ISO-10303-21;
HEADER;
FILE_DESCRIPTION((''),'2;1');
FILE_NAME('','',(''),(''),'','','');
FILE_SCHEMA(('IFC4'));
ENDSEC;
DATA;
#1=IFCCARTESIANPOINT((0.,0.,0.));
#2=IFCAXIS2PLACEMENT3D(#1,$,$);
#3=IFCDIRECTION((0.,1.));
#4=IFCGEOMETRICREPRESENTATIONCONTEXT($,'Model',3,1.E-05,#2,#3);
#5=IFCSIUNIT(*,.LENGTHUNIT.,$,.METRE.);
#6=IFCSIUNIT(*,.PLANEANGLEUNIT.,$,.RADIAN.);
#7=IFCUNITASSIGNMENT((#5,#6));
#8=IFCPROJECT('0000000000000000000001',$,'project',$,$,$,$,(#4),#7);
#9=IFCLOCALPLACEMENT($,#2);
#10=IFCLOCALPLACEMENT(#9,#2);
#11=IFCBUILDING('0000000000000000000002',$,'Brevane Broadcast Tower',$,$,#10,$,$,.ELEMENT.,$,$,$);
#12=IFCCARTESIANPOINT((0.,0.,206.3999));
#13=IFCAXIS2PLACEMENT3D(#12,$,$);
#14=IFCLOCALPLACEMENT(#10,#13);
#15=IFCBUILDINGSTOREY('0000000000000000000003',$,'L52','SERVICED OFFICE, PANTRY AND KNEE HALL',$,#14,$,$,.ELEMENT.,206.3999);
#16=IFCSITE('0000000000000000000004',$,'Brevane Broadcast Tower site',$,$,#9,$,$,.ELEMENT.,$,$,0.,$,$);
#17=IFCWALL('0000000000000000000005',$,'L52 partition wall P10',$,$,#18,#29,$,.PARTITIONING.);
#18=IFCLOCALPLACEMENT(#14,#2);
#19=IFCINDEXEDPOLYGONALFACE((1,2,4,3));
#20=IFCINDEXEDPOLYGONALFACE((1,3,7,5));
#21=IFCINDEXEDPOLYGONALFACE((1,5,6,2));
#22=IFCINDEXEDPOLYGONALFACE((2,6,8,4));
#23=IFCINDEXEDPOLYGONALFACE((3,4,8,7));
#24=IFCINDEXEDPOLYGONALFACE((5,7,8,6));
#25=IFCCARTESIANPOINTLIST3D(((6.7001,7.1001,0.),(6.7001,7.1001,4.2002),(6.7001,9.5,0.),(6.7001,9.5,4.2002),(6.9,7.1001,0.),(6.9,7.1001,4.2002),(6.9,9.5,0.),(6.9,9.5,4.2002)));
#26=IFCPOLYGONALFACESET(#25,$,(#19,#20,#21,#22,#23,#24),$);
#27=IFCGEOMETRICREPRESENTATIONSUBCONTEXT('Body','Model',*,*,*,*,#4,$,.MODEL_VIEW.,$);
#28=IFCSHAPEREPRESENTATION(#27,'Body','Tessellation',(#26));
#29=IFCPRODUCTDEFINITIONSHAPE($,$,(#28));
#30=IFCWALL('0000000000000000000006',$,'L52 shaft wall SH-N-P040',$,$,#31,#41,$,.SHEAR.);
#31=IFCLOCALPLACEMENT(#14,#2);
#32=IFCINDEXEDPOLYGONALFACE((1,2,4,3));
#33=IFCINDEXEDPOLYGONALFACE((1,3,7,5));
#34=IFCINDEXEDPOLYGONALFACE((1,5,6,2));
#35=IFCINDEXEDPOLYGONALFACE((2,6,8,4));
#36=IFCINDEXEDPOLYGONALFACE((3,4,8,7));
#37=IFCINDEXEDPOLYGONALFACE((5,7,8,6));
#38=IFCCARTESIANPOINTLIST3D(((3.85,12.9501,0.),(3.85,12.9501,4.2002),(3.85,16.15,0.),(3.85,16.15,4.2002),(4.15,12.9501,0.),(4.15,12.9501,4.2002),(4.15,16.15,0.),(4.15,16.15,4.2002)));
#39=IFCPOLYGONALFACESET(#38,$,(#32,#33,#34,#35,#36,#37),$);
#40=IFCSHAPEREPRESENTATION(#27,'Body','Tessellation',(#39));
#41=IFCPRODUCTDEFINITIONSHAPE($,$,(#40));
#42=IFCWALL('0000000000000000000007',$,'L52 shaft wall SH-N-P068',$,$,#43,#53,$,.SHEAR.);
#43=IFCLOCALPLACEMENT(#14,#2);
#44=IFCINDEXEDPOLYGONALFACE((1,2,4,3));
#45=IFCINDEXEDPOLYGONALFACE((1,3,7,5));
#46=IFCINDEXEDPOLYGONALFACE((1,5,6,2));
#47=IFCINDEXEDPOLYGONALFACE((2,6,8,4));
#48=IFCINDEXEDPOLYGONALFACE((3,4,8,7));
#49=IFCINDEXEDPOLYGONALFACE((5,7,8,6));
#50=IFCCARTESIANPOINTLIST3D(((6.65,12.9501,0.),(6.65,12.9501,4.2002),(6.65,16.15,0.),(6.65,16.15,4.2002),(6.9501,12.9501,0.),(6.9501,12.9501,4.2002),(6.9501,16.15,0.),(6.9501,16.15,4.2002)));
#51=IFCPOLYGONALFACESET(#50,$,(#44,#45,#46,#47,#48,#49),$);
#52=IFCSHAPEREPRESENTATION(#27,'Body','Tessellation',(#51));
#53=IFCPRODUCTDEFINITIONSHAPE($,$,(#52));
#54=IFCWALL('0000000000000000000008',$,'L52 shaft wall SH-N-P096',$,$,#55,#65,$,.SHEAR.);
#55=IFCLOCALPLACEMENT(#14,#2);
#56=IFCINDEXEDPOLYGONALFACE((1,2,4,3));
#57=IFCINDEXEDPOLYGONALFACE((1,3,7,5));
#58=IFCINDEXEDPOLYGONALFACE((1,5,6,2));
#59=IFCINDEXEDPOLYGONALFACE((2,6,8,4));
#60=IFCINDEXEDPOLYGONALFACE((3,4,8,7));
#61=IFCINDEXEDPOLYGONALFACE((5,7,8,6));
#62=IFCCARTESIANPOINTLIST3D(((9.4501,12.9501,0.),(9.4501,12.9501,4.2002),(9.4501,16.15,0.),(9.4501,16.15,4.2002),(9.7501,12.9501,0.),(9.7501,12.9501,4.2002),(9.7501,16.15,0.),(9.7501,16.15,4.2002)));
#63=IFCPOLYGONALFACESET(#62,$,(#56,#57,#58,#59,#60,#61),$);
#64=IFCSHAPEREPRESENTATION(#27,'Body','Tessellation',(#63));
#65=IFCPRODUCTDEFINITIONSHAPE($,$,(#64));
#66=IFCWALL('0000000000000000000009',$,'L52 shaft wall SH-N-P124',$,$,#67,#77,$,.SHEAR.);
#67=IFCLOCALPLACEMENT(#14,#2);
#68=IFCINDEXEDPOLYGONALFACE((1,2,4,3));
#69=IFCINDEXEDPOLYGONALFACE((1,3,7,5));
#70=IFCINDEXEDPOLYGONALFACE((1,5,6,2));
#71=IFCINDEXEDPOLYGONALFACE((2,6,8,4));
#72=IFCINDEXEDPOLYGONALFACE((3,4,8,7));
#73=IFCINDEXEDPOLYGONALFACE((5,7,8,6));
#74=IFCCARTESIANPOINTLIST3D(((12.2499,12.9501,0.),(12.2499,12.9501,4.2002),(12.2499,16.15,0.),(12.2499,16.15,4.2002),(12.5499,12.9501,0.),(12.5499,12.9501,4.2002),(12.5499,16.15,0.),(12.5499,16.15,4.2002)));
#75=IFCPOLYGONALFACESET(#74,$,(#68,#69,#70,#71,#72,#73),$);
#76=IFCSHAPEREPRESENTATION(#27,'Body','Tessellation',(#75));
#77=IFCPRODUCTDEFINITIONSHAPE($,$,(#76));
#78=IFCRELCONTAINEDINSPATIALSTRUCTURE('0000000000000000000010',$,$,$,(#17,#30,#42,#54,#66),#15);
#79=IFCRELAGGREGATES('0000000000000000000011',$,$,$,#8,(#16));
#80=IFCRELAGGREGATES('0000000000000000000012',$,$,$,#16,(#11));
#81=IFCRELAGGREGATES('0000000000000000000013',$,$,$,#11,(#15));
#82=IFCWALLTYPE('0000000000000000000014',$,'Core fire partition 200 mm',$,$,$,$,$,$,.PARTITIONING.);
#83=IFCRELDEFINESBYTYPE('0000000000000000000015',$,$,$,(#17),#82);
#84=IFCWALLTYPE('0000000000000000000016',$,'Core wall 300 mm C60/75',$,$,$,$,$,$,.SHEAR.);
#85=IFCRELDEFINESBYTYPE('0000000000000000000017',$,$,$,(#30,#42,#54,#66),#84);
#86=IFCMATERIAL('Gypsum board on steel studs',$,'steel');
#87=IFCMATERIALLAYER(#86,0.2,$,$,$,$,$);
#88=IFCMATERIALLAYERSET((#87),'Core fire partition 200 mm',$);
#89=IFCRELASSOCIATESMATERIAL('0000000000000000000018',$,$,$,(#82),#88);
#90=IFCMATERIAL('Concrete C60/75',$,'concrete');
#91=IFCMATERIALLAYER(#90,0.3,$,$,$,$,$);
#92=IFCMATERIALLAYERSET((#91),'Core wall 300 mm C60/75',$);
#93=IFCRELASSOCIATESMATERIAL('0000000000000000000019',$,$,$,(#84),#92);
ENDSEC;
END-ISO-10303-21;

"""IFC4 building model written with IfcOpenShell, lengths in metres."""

from ifc_helpers import new_model, si_unit, direction, frame, frame_2d, origin, place, context, subcontext, project, spatial, rectangle, extrude, material, layer, layer_set, type_object, element, save


model = new_model("IFC4")

# Units and contexts
model_context = context("Model", 3, precision=1e-05, world=origin(), true_north=direction((0.0, 1.0)))
body_context = subcontext(model_context, "Body", "Model", "MODEL_VIEW")
ifc_project = project(units=[si_unit("LENGTHUNIT", "METRE"), si_unit("PLANEANGLEUNIT", "RADIAN")], contexts=[model_context])

# Site, building, storey
site_placement = place(None, origin())
site = spatial("IfcSite", under=ifc_project, at=site_placement, Name="Brevane Broadcast Tower site", CompositionType="ELEMENT", RefElevation=0.0)
building_placement = place(site_placement, origin())
building = spatial("IfcBuilding", under=site, at=building_placement, Name="Brevane Broadcast Tower", CompositionType="ELEMENT")
storey_placement = place(building_placement, frame((0.0, 0.0, 206.3999)))
storey = spatial("IfcBuildingStorey", under=building, at=storey_placement, Name="L52", Description="SERVICED OFFICE, PANTRY AND KNEE HALL", CompositionType="ELEMENT", Elevation=206.3999)

# Shared definitions
ifc_material_1 = material(Name="Gypsum board on steel studs", Category="steel")

# Shared definitions
ifc_layer_1 = layer(ifc_material_1, 0.2)
ifc_layer_set_1 = layer_set([ifc_layer_1], Name="Core fire partition 200 mm")
wall_type_1 = type_object("IfcWallType", Name="Core fire partition 200 mm", PredefinedType="PARTITIONING", material=ifc_layer_set_1)

# Walls
wall_1_placement = place(storey_placement, frame((6.8, 9.5, 0.0), z_axis=(0.0, 0.0, 1.0), x_axis=(0.0, -1.0, 0.0)))
element("IfcWall", 1, at=wall_1_placement, inside=storey, type_object=wall_type_1, Name="L52 partition wall P10", PredefinedType="PARTITIONING", context=body_context, shape_type="SweptSolid", body=[
    extrude(rectangle(XDim=2.3999, YDim=0.2, at=frame_2d((1.2, 0.0))), origin(), (0.0, 0.0, 1.0), 4.2002),
])
ifc_material_2 = material(Name="Concrete C60/75", Category="concrete")
ifc_layer_2 = layer(ifc_material_2, 0.3)
ifc_layer_set_2 = layer_set([ifc_layer_2], Name="Core wall 300 mm C60/75")
wall_type_2 = type_object("IfcWallType", Name="Core wall 300 mm C60/75", PredefinedType="SHEAR", material=ifc_layer_set_2)
for number, where, z_axis, x_axis, name in (
    (2, (4.0, 12.95, 0.0), (0.0, 0.0, 1.0), (0.0, 1.0, 0.0), "L52 shaft wall SH-N-P040"),
    (3, (6.8, 12.95, 0.0), (0.0, 0.0, 1.0), (0.0, 1.0, 0.0), "L52 shaft wall SH-N-P068"),
    (4, (9.6001, 12.95, 0.0), (0.0, 0.0, 1.0), (0.0, 1.0, 0.0), "L52 shaft wall SH-N-P096"),
    (5, (12.3999, 12.95, 0.0), (0.0, 0.0, 1.0), (0.0, 1.0, 0.0), "L52 shaft wall SH-N-P124"),
):
    element("IfcWall", number, at=place(storey_placement, frame(where, z_axis=z_axis, x_axis=x_axis)), inside=storey, type_object=wall_type_2, Name=name, PredefinedType="SHEAR", context=body_context, shape_type="SweptSolid", body=[
        extrude(rectangle(XDim=3.2, YDim=0.3, at=frame_2d((1.6001, 0.0))), origin(), (0.0, 0.0, 1.0), 4.2002),
    ])

save(model, "model.ifc")
